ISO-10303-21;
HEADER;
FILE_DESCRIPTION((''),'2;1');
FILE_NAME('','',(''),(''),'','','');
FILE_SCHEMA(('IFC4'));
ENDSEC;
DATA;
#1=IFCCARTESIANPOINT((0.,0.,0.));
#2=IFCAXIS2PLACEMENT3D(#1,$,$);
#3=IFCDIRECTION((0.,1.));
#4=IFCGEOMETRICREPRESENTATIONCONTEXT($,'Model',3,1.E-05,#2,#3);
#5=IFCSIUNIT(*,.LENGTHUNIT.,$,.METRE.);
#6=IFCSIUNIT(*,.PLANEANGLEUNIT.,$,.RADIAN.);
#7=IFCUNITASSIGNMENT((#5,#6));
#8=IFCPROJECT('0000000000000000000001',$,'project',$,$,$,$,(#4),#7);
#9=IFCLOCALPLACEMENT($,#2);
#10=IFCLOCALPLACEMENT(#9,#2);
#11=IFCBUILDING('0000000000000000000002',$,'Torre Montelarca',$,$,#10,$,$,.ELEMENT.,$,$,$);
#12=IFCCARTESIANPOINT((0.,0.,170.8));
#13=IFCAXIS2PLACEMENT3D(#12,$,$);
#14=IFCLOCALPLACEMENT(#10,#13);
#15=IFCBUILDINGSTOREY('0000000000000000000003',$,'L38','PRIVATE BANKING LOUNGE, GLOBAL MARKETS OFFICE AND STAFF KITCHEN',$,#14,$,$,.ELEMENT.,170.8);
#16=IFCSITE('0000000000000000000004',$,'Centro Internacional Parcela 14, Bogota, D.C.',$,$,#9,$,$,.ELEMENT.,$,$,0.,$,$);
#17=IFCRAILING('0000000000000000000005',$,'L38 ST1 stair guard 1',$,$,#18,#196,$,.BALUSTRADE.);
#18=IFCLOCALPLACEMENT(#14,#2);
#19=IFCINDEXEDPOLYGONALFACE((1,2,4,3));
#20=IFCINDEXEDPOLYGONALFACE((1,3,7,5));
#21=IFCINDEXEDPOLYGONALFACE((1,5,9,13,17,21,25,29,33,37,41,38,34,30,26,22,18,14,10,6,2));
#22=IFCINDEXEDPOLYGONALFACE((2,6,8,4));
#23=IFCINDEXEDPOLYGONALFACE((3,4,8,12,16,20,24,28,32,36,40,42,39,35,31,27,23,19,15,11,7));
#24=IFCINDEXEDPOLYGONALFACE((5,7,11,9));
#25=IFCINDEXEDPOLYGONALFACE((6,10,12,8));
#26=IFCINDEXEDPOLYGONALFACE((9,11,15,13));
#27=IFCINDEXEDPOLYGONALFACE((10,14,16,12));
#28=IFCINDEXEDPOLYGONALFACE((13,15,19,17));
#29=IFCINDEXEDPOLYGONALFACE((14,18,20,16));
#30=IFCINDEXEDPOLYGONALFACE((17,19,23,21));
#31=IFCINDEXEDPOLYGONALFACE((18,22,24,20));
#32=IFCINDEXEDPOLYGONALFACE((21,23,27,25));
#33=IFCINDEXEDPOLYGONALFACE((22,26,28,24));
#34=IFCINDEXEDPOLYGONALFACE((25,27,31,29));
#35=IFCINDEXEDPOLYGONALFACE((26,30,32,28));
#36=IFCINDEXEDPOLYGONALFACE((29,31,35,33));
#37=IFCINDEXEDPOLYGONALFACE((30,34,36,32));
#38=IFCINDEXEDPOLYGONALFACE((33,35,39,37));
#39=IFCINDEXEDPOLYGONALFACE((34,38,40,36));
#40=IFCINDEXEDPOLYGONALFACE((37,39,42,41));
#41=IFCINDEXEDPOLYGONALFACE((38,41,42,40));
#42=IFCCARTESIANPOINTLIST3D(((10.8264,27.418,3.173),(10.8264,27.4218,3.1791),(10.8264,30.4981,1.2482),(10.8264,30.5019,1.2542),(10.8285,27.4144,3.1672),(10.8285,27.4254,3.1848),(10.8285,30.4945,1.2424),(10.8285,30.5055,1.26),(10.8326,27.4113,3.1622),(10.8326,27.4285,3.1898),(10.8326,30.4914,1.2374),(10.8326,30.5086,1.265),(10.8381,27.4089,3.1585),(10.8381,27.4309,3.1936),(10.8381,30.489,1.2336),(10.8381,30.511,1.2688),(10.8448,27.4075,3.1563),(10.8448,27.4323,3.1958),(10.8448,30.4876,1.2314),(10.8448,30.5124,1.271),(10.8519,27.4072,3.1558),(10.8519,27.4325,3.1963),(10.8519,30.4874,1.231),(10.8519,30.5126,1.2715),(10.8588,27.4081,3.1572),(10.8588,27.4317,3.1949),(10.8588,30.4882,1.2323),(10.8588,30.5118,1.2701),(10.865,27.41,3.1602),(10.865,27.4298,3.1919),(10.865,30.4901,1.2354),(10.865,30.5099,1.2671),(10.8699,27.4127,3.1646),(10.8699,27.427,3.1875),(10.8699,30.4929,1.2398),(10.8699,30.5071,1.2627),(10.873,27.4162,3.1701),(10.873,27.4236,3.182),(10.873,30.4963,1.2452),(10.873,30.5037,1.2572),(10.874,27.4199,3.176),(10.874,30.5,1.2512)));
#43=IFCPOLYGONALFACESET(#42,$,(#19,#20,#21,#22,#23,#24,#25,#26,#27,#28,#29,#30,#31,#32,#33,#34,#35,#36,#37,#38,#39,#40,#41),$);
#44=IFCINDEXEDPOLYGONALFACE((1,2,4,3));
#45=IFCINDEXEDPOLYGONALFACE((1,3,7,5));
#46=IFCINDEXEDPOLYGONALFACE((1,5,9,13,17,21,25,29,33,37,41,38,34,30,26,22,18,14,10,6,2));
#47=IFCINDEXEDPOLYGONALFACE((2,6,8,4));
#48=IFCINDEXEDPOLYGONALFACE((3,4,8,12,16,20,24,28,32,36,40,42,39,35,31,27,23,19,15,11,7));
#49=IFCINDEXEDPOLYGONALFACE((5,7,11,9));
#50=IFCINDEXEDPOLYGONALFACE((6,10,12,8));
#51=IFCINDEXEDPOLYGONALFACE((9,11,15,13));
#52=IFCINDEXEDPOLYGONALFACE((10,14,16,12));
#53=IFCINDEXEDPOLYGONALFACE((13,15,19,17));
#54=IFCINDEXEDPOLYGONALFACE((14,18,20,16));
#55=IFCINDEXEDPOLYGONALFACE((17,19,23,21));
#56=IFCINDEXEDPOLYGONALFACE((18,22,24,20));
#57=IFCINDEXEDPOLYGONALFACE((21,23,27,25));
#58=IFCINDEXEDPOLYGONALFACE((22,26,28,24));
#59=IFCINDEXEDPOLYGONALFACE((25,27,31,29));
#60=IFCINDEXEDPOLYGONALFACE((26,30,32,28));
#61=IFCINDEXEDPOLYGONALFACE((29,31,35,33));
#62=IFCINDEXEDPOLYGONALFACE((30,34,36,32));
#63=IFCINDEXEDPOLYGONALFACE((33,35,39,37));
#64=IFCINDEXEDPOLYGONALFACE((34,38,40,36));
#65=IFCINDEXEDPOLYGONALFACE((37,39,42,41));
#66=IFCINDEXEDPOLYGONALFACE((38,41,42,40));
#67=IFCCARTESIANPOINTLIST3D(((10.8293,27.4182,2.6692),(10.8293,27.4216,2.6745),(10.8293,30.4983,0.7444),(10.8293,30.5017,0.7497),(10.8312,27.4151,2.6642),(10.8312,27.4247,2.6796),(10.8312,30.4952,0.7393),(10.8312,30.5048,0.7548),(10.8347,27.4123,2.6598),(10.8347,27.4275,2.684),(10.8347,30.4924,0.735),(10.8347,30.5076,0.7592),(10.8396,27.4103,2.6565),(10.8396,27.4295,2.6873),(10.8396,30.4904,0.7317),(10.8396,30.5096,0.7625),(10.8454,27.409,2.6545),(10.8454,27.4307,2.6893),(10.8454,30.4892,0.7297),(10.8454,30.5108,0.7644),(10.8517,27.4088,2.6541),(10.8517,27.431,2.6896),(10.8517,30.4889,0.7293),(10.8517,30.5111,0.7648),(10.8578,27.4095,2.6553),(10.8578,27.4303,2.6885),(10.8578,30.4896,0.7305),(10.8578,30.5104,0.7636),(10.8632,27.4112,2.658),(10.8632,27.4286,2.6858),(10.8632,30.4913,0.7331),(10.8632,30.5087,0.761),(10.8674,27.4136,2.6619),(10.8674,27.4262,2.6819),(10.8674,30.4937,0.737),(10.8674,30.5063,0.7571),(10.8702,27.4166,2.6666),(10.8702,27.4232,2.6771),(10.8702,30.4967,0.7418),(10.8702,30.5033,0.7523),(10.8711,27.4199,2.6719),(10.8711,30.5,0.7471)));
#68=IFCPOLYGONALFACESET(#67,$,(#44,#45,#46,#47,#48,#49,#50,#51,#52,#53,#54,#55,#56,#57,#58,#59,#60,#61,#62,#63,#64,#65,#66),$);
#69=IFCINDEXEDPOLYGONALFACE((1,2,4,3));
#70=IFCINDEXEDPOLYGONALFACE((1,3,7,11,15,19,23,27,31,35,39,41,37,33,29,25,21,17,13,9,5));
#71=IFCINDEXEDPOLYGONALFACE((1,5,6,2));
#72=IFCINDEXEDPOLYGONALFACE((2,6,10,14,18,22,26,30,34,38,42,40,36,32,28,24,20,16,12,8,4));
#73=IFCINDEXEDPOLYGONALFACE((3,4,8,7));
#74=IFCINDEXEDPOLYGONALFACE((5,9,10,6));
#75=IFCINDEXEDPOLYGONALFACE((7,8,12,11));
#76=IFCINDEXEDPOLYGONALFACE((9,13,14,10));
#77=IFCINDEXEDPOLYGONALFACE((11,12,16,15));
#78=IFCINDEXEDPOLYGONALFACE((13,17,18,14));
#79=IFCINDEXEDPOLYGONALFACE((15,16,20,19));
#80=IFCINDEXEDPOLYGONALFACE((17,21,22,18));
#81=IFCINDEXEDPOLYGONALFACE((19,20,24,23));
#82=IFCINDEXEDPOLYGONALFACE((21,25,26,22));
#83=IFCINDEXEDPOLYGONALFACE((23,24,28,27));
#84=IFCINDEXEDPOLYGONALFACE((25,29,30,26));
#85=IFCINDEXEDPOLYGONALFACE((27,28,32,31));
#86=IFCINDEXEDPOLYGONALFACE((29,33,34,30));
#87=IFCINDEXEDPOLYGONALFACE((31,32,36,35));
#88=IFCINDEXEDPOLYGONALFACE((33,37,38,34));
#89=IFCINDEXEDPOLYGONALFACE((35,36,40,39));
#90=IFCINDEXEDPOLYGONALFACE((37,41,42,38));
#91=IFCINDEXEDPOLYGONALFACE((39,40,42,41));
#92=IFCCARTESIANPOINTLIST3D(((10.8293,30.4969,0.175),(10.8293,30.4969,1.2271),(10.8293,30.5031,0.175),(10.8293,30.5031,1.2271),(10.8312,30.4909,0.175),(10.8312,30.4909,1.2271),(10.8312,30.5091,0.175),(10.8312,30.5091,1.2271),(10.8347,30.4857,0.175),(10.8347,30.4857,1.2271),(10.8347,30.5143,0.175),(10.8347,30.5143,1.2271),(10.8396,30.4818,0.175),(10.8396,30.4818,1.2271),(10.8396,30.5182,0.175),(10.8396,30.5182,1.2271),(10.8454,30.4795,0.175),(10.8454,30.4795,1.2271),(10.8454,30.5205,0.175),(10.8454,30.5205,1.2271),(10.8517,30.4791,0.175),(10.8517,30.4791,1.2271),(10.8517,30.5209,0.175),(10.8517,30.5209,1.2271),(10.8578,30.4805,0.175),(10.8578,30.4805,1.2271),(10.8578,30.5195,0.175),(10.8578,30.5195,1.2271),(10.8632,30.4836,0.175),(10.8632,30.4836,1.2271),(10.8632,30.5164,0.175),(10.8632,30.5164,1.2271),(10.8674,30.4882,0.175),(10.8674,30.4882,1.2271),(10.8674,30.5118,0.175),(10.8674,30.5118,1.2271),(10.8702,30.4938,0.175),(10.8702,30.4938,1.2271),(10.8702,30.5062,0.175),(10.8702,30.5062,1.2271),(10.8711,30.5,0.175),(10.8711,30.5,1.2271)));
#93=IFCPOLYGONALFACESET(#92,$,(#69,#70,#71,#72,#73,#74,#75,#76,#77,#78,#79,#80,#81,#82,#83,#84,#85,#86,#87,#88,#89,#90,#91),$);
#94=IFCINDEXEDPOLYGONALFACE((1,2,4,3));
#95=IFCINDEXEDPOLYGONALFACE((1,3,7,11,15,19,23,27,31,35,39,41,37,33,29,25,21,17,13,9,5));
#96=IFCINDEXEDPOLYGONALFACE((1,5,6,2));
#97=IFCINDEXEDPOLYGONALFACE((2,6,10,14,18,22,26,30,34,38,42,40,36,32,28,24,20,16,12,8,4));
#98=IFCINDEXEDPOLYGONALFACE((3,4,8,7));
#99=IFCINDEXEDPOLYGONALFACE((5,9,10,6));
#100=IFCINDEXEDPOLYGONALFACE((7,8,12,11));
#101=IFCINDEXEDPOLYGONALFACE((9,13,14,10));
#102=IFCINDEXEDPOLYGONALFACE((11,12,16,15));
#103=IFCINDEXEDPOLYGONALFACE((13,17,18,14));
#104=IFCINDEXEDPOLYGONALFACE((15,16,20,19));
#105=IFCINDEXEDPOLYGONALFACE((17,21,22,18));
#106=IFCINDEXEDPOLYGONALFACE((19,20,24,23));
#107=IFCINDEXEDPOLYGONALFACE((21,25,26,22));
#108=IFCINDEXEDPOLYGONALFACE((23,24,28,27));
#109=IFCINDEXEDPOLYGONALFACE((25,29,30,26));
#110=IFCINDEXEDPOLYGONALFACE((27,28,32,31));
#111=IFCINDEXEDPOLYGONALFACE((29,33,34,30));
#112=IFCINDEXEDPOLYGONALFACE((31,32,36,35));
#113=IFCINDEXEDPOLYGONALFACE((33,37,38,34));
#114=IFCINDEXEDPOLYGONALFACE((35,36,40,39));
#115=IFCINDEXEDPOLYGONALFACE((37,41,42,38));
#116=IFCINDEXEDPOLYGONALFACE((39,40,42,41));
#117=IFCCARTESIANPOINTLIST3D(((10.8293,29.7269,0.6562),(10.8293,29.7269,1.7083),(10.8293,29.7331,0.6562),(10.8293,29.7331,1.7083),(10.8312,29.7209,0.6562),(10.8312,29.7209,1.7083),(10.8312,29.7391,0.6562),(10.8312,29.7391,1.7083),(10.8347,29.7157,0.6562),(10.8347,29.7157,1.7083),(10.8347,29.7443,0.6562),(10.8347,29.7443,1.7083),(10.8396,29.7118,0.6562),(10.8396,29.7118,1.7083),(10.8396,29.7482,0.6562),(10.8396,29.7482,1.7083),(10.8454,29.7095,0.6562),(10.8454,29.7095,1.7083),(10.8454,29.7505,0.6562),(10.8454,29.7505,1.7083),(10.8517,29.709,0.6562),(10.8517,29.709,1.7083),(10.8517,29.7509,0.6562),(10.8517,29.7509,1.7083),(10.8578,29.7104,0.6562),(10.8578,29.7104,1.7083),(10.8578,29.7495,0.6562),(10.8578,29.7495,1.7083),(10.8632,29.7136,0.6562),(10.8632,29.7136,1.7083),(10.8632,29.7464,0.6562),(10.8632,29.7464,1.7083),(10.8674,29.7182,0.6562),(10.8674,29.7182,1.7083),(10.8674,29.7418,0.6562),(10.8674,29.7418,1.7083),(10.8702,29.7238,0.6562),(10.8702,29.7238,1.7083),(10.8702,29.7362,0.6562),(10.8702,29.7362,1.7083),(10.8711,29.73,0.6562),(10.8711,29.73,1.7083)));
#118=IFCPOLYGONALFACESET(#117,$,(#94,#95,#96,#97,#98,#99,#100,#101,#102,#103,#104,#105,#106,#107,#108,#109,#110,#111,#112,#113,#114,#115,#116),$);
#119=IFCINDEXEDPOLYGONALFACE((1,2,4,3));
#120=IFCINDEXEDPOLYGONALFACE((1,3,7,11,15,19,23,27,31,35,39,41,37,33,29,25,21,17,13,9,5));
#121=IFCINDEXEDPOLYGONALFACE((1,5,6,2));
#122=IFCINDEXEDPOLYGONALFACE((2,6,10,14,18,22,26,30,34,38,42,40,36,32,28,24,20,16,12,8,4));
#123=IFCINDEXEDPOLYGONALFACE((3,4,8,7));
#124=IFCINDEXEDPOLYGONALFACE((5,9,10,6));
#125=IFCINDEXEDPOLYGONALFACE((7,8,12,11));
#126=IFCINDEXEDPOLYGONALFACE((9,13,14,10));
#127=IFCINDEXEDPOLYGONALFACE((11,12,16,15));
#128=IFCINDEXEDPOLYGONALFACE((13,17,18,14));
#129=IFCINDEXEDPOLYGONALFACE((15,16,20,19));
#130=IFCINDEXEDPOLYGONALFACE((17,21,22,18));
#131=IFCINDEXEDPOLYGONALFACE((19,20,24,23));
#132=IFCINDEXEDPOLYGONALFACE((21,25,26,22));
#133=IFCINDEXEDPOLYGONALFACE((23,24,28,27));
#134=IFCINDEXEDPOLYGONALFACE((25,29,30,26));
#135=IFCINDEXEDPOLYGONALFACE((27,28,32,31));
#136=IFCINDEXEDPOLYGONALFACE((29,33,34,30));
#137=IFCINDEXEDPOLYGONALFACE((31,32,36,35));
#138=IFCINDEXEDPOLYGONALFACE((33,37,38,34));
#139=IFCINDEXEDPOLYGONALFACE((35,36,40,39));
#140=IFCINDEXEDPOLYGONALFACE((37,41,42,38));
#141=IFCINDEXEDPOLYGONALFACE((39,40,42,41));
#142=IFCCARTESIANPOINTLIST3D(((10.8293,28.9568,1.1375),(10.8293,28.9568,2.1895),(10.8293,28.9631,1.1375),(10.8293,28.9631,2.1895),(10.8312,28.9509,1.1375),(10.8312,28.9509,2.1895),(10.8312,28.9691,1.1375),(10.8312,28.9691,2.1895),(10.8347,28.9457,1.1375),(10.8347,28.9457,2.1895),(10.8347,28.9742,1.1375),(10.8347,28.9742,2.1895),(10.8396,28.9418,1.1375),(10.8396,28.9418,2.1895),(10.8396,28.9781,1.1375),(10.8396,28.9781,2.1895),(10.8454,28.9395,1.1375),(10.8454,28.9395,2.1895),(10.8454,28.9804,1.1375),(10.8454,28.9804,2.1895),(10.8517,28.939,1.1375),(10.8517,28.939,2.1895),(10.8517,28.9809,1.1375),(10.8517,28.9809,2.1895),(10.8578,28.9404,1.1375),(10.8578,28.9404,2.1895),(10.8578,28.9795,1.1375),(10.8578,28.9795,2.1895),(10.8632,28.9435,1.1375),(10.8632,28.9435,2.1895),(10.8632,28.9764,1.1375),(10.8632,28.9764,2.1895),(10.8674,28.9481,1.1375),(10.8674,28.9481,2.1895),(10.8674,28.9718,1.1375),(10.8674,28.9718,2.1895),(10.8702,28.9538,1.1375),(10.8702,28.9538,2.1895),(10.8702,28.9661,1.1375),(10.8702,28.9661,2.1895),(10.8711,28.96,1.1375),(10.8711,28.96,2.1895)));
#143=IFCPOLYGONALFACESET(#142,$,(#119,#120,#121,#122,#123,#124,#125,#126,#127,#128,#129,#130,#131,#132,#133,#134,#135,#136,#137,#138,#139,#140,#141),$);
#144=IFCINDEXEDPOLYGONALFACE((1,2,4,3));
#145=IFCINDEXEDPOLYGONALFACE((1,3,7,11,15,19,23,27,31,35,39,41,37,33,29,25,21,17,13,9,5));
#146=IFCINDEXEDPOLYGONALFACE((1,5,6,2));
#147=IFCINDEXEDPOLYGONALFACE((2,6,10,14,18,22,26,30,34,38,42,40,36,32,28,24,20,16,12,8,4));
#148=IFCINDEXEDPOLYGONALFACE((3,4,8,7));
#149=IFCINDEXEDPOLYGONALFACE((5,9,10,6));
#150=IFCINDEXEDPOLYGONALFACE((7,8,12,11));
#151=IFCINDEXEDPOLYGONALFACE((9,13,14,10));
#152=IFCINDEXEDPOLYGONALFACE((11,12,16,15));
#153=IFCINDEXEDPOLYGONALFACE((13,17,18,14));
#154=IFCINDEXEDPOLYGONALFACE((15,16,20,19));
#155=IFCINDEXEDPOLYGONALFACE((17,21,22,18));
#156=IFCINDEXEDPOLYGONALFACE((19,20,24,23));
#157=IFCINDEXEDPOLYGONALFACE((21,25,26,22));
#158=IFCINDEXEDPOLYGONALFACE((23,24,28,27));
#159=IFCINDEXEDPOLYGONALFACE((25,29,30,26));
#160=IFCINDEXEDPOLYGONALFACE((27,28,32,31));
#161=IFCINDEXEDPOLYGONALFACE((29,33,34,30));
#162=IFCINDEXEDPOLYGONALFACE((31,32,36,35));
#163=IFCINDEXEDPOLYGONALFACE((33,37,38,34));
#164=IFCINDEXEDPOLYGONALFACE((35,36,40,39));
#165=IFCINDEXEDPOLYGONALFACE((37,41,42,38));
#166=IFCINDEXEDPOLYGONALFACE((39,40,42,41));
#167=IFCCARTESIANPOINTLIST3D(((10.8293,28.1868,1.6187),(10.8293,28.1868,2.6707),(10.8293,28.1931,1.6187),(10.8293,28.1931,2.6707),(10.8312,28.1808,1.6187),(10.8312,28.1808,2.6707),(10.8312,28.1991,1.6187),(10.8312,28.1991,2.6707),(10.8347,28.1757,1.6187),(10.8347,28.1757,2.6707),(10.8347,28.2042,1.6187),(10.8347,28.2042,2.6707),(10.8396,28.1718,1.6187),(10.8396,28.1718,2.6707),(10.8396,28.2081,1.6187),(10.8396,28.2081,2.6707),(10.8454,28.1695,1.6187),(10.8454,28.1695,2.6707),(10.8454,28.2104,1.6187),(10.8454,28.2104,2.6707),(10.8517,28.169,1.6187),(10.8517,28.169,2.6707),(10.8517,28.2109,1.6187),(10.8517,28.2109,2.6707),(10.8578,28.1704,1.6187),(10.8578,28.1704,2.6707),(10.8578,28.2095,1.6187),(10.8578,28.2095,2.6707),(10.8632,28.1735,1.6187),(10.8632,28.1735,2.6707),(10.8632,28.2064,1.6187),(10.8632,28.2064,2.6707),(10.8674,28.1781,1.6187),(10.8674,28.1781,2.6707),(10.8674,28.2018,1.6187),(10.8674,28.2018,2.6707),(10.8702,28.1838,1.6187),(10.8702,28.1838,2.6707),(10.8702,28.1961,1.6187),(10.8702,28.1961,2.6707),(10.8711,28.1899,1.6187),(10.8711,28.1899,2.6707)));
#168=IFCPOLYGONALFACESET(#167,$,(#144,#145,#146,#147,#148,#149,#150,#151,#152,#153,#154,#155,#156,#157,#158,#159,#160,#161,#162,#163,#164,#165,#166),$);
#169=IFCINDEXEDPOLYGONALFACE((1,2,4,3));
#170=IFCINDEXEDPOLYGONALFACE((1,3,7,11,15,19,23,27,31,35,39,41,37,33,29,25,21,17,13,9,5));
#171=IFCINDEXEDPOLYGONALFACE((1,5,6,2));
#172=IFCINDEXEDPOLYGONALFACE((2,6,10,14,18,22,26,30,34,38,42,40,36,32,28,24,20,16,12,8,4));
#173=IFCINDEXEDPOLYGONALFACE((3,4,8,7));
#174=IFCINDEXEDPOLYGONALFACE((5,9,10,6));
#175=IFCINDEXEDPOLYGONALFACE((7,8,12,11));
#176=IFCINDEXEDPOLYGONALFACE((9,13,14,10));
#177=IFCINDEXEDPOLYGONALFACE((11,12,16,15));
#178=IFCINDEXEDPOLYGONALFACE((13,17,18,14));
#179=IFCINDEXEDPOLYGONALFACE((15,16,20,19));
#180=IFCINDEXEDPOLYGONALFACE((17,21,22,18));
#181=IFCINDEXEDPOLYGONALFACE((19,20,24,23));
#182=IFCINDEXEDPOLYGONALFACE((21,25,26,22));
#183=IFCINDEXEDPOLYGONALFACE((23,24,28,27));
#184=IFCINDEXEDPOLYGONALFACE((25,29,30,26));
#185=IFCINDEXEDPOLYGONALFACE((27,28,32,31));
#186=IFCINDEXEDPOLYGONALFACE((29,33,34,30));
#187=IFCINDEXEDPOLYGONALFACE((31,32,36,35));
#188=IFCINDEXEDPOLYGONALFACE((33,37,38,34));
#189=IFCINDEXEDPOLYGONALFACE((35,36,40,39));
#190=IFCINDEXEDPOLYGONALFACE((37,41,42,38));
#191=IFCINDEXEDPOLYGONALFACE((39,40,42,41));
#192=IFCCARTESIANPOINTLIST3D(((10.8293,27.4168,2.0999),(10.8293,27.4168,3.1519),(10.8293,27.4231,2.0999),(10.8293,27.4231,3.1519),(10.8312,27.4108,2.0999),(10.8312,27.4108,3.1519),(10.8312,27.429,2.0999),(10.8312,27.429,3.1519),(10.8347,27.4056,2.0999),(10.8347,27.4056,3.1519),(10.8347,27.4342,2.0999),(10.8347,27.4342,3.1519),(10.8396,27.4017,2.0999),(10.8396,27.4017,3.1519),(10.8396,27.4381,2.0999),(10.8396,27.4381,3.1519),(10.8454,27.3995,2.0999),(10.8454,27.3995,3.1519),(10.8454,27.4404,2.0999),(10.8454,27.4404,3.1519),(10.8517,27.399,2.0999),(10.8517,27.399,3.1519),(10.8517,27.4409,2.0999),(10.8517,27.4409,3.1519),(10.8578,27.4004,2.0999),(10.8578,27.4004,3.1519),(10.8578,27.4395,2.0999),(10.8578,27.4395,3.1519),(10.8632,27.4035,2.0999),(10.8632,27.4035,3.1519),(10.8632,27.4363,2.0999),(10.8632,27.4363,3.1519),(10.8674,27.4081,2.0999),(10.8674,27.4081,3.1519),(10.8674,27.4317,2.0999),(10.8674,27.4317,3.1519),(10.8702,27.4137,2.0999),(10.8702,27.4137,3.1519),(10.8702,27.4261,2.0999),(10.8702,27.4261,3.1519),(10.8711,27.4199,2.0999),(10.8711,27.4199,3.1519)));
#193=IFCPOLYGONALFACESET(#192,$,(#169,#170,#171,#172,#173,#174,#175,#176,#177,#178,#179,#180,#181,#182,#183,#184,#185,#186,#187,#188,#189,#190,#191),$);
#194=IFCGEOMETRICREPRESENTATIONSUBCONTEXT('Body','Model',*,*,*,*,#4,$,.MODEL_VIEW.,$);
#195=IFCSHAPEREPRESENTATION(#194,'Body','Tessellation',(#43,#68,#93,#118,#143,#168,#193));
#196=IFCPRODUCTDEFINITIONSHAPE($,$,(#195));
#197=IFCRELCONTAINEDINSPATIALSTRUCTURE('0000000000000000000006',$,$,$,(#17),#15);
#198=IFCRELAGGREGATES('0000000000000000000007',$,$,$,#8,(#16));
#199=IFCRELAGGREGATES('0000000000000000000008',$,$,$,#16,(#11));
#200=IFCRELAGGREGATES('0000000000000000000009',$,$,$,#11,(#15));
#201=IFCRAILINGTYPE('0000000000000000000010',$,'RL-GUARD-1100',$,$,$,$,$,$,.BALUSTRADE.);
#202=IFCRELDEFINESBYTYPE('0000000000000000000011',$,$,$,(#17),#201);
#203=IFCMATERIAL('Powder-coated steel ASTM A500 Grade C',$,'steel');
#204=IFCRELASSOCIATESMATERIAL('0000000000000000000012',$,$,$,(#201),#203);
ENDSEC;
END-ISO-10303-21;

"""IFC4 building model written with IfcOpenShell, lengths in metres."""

from ifc_helpers import new_model, si_unit, direction, frame, origin, origin_2d, place, context, subcontext, project, spatial, circle, extrude, material, type_object, element, save


model = new_model("IFC4")

# Units and contexts
model_context = context("Model", 3, precision=1e-05, world=origin(), true_north=direction((0.0, 1.0)))
body_context = subcontext(model_context, "Body", "Model", "MODEL_VIEW")
ifc_project = project(units=[si_unit("LENGTHUNIT", "METRE"), si_unit("PLANEANGLEUNIT", "RADIAN")], contexts=[model_context])

# Site, building, storey
site_placement = place(None, origin())
site = spatial("IfcSite", under=ifc_project, at=site_placement, Name="Centro Internacional Parcela 14, Bogota, D.C.", CompositionType="ELEMENT", RefElevation=0.0)
building_placement = place(site_placement, origin())
building = spatial("IfcBuilding", under=site, at=building_placement, Name="Torre Montelarca", CompositionType="ELEMENT")
storey_placement = place(building_placement, frame((0.0, 0.0, 170.8)))
storey = spatial("IfcBuildingStorey", under=building, at=storey_placement, Name="L38", Description="PRIVATE BANKING LOUNGE, GLOBAL MARKETS OFFICE AND STAFF KITCHEN", CompositionType="ELEMENT", Elevation=170.8)

# Railing
ifc_material_1 = material(Name="Powder-coated steel ASTM A500 Grade C", Category="steel")
railing_type_1 = type_object("IfcRailingType", Name="RL-GUARD-1100", PredefinedType="BALUSTRADE", material=ifc_material_1)
railing_1_placement = place(storey_placement, frame((10.8501, 30.5, 0.175)))
element("IfcRailing", 1, at=railing_1_placement, inside=storey, type_object=railing_type_1, Name="L38 ST1 stair guard 1", PredefinedType="BALUSTRADE", context=body_context, shape_type="SweptSolid", body=[
    extrude(circle(Radius=0.0239, at=origin_2d()), frame((0.0, 0.0, 1.0762), z_axis=(0.0, -0.848029, 0.529951), x_axis=(1.0, 0.0, 0.0)), (0.0, 0.0, 1.0), 3.6321),
    extrude(circle(Radius=0.021, at=origin_2d()), frame((0.0, 0.0, 0.572), z_axis=(0.0, -0.848029, 0.529951), x_axis=(1.0, 0.0, 0.0)), (0.0, 0.0, 1.0), 3.6321),
    extrude(circle(Radius=0.021, at=origin_2d()), origin(), (0.0, 0.0, 1.0), 1.052),
    extrude(circle(Radius=0.021, at=origin_2d()), frame((0.0, -0.77, 0.4812)), (0.0, 0.0, 1.0), 1.052),
    extrude(circle(Radius=0.021, at=origin_2d()), frame((0.0, -1.54, 0.9624)), (0.0, 0.0, 1.0), 1.052),
    extrude(circle(Radius=0.021, at=origin_2d()), frame((0.0, -2.3101, 1.4436)), (0.0, 0.0, 1.0), 1.052),
    extrude(circle(Radius=0.021, at=origin_2d()), frame((0.0, -3.0801, 1.9248)), (0.0, 0.0, 1.0), 1.052),
])

save(model, "model.ifc")
